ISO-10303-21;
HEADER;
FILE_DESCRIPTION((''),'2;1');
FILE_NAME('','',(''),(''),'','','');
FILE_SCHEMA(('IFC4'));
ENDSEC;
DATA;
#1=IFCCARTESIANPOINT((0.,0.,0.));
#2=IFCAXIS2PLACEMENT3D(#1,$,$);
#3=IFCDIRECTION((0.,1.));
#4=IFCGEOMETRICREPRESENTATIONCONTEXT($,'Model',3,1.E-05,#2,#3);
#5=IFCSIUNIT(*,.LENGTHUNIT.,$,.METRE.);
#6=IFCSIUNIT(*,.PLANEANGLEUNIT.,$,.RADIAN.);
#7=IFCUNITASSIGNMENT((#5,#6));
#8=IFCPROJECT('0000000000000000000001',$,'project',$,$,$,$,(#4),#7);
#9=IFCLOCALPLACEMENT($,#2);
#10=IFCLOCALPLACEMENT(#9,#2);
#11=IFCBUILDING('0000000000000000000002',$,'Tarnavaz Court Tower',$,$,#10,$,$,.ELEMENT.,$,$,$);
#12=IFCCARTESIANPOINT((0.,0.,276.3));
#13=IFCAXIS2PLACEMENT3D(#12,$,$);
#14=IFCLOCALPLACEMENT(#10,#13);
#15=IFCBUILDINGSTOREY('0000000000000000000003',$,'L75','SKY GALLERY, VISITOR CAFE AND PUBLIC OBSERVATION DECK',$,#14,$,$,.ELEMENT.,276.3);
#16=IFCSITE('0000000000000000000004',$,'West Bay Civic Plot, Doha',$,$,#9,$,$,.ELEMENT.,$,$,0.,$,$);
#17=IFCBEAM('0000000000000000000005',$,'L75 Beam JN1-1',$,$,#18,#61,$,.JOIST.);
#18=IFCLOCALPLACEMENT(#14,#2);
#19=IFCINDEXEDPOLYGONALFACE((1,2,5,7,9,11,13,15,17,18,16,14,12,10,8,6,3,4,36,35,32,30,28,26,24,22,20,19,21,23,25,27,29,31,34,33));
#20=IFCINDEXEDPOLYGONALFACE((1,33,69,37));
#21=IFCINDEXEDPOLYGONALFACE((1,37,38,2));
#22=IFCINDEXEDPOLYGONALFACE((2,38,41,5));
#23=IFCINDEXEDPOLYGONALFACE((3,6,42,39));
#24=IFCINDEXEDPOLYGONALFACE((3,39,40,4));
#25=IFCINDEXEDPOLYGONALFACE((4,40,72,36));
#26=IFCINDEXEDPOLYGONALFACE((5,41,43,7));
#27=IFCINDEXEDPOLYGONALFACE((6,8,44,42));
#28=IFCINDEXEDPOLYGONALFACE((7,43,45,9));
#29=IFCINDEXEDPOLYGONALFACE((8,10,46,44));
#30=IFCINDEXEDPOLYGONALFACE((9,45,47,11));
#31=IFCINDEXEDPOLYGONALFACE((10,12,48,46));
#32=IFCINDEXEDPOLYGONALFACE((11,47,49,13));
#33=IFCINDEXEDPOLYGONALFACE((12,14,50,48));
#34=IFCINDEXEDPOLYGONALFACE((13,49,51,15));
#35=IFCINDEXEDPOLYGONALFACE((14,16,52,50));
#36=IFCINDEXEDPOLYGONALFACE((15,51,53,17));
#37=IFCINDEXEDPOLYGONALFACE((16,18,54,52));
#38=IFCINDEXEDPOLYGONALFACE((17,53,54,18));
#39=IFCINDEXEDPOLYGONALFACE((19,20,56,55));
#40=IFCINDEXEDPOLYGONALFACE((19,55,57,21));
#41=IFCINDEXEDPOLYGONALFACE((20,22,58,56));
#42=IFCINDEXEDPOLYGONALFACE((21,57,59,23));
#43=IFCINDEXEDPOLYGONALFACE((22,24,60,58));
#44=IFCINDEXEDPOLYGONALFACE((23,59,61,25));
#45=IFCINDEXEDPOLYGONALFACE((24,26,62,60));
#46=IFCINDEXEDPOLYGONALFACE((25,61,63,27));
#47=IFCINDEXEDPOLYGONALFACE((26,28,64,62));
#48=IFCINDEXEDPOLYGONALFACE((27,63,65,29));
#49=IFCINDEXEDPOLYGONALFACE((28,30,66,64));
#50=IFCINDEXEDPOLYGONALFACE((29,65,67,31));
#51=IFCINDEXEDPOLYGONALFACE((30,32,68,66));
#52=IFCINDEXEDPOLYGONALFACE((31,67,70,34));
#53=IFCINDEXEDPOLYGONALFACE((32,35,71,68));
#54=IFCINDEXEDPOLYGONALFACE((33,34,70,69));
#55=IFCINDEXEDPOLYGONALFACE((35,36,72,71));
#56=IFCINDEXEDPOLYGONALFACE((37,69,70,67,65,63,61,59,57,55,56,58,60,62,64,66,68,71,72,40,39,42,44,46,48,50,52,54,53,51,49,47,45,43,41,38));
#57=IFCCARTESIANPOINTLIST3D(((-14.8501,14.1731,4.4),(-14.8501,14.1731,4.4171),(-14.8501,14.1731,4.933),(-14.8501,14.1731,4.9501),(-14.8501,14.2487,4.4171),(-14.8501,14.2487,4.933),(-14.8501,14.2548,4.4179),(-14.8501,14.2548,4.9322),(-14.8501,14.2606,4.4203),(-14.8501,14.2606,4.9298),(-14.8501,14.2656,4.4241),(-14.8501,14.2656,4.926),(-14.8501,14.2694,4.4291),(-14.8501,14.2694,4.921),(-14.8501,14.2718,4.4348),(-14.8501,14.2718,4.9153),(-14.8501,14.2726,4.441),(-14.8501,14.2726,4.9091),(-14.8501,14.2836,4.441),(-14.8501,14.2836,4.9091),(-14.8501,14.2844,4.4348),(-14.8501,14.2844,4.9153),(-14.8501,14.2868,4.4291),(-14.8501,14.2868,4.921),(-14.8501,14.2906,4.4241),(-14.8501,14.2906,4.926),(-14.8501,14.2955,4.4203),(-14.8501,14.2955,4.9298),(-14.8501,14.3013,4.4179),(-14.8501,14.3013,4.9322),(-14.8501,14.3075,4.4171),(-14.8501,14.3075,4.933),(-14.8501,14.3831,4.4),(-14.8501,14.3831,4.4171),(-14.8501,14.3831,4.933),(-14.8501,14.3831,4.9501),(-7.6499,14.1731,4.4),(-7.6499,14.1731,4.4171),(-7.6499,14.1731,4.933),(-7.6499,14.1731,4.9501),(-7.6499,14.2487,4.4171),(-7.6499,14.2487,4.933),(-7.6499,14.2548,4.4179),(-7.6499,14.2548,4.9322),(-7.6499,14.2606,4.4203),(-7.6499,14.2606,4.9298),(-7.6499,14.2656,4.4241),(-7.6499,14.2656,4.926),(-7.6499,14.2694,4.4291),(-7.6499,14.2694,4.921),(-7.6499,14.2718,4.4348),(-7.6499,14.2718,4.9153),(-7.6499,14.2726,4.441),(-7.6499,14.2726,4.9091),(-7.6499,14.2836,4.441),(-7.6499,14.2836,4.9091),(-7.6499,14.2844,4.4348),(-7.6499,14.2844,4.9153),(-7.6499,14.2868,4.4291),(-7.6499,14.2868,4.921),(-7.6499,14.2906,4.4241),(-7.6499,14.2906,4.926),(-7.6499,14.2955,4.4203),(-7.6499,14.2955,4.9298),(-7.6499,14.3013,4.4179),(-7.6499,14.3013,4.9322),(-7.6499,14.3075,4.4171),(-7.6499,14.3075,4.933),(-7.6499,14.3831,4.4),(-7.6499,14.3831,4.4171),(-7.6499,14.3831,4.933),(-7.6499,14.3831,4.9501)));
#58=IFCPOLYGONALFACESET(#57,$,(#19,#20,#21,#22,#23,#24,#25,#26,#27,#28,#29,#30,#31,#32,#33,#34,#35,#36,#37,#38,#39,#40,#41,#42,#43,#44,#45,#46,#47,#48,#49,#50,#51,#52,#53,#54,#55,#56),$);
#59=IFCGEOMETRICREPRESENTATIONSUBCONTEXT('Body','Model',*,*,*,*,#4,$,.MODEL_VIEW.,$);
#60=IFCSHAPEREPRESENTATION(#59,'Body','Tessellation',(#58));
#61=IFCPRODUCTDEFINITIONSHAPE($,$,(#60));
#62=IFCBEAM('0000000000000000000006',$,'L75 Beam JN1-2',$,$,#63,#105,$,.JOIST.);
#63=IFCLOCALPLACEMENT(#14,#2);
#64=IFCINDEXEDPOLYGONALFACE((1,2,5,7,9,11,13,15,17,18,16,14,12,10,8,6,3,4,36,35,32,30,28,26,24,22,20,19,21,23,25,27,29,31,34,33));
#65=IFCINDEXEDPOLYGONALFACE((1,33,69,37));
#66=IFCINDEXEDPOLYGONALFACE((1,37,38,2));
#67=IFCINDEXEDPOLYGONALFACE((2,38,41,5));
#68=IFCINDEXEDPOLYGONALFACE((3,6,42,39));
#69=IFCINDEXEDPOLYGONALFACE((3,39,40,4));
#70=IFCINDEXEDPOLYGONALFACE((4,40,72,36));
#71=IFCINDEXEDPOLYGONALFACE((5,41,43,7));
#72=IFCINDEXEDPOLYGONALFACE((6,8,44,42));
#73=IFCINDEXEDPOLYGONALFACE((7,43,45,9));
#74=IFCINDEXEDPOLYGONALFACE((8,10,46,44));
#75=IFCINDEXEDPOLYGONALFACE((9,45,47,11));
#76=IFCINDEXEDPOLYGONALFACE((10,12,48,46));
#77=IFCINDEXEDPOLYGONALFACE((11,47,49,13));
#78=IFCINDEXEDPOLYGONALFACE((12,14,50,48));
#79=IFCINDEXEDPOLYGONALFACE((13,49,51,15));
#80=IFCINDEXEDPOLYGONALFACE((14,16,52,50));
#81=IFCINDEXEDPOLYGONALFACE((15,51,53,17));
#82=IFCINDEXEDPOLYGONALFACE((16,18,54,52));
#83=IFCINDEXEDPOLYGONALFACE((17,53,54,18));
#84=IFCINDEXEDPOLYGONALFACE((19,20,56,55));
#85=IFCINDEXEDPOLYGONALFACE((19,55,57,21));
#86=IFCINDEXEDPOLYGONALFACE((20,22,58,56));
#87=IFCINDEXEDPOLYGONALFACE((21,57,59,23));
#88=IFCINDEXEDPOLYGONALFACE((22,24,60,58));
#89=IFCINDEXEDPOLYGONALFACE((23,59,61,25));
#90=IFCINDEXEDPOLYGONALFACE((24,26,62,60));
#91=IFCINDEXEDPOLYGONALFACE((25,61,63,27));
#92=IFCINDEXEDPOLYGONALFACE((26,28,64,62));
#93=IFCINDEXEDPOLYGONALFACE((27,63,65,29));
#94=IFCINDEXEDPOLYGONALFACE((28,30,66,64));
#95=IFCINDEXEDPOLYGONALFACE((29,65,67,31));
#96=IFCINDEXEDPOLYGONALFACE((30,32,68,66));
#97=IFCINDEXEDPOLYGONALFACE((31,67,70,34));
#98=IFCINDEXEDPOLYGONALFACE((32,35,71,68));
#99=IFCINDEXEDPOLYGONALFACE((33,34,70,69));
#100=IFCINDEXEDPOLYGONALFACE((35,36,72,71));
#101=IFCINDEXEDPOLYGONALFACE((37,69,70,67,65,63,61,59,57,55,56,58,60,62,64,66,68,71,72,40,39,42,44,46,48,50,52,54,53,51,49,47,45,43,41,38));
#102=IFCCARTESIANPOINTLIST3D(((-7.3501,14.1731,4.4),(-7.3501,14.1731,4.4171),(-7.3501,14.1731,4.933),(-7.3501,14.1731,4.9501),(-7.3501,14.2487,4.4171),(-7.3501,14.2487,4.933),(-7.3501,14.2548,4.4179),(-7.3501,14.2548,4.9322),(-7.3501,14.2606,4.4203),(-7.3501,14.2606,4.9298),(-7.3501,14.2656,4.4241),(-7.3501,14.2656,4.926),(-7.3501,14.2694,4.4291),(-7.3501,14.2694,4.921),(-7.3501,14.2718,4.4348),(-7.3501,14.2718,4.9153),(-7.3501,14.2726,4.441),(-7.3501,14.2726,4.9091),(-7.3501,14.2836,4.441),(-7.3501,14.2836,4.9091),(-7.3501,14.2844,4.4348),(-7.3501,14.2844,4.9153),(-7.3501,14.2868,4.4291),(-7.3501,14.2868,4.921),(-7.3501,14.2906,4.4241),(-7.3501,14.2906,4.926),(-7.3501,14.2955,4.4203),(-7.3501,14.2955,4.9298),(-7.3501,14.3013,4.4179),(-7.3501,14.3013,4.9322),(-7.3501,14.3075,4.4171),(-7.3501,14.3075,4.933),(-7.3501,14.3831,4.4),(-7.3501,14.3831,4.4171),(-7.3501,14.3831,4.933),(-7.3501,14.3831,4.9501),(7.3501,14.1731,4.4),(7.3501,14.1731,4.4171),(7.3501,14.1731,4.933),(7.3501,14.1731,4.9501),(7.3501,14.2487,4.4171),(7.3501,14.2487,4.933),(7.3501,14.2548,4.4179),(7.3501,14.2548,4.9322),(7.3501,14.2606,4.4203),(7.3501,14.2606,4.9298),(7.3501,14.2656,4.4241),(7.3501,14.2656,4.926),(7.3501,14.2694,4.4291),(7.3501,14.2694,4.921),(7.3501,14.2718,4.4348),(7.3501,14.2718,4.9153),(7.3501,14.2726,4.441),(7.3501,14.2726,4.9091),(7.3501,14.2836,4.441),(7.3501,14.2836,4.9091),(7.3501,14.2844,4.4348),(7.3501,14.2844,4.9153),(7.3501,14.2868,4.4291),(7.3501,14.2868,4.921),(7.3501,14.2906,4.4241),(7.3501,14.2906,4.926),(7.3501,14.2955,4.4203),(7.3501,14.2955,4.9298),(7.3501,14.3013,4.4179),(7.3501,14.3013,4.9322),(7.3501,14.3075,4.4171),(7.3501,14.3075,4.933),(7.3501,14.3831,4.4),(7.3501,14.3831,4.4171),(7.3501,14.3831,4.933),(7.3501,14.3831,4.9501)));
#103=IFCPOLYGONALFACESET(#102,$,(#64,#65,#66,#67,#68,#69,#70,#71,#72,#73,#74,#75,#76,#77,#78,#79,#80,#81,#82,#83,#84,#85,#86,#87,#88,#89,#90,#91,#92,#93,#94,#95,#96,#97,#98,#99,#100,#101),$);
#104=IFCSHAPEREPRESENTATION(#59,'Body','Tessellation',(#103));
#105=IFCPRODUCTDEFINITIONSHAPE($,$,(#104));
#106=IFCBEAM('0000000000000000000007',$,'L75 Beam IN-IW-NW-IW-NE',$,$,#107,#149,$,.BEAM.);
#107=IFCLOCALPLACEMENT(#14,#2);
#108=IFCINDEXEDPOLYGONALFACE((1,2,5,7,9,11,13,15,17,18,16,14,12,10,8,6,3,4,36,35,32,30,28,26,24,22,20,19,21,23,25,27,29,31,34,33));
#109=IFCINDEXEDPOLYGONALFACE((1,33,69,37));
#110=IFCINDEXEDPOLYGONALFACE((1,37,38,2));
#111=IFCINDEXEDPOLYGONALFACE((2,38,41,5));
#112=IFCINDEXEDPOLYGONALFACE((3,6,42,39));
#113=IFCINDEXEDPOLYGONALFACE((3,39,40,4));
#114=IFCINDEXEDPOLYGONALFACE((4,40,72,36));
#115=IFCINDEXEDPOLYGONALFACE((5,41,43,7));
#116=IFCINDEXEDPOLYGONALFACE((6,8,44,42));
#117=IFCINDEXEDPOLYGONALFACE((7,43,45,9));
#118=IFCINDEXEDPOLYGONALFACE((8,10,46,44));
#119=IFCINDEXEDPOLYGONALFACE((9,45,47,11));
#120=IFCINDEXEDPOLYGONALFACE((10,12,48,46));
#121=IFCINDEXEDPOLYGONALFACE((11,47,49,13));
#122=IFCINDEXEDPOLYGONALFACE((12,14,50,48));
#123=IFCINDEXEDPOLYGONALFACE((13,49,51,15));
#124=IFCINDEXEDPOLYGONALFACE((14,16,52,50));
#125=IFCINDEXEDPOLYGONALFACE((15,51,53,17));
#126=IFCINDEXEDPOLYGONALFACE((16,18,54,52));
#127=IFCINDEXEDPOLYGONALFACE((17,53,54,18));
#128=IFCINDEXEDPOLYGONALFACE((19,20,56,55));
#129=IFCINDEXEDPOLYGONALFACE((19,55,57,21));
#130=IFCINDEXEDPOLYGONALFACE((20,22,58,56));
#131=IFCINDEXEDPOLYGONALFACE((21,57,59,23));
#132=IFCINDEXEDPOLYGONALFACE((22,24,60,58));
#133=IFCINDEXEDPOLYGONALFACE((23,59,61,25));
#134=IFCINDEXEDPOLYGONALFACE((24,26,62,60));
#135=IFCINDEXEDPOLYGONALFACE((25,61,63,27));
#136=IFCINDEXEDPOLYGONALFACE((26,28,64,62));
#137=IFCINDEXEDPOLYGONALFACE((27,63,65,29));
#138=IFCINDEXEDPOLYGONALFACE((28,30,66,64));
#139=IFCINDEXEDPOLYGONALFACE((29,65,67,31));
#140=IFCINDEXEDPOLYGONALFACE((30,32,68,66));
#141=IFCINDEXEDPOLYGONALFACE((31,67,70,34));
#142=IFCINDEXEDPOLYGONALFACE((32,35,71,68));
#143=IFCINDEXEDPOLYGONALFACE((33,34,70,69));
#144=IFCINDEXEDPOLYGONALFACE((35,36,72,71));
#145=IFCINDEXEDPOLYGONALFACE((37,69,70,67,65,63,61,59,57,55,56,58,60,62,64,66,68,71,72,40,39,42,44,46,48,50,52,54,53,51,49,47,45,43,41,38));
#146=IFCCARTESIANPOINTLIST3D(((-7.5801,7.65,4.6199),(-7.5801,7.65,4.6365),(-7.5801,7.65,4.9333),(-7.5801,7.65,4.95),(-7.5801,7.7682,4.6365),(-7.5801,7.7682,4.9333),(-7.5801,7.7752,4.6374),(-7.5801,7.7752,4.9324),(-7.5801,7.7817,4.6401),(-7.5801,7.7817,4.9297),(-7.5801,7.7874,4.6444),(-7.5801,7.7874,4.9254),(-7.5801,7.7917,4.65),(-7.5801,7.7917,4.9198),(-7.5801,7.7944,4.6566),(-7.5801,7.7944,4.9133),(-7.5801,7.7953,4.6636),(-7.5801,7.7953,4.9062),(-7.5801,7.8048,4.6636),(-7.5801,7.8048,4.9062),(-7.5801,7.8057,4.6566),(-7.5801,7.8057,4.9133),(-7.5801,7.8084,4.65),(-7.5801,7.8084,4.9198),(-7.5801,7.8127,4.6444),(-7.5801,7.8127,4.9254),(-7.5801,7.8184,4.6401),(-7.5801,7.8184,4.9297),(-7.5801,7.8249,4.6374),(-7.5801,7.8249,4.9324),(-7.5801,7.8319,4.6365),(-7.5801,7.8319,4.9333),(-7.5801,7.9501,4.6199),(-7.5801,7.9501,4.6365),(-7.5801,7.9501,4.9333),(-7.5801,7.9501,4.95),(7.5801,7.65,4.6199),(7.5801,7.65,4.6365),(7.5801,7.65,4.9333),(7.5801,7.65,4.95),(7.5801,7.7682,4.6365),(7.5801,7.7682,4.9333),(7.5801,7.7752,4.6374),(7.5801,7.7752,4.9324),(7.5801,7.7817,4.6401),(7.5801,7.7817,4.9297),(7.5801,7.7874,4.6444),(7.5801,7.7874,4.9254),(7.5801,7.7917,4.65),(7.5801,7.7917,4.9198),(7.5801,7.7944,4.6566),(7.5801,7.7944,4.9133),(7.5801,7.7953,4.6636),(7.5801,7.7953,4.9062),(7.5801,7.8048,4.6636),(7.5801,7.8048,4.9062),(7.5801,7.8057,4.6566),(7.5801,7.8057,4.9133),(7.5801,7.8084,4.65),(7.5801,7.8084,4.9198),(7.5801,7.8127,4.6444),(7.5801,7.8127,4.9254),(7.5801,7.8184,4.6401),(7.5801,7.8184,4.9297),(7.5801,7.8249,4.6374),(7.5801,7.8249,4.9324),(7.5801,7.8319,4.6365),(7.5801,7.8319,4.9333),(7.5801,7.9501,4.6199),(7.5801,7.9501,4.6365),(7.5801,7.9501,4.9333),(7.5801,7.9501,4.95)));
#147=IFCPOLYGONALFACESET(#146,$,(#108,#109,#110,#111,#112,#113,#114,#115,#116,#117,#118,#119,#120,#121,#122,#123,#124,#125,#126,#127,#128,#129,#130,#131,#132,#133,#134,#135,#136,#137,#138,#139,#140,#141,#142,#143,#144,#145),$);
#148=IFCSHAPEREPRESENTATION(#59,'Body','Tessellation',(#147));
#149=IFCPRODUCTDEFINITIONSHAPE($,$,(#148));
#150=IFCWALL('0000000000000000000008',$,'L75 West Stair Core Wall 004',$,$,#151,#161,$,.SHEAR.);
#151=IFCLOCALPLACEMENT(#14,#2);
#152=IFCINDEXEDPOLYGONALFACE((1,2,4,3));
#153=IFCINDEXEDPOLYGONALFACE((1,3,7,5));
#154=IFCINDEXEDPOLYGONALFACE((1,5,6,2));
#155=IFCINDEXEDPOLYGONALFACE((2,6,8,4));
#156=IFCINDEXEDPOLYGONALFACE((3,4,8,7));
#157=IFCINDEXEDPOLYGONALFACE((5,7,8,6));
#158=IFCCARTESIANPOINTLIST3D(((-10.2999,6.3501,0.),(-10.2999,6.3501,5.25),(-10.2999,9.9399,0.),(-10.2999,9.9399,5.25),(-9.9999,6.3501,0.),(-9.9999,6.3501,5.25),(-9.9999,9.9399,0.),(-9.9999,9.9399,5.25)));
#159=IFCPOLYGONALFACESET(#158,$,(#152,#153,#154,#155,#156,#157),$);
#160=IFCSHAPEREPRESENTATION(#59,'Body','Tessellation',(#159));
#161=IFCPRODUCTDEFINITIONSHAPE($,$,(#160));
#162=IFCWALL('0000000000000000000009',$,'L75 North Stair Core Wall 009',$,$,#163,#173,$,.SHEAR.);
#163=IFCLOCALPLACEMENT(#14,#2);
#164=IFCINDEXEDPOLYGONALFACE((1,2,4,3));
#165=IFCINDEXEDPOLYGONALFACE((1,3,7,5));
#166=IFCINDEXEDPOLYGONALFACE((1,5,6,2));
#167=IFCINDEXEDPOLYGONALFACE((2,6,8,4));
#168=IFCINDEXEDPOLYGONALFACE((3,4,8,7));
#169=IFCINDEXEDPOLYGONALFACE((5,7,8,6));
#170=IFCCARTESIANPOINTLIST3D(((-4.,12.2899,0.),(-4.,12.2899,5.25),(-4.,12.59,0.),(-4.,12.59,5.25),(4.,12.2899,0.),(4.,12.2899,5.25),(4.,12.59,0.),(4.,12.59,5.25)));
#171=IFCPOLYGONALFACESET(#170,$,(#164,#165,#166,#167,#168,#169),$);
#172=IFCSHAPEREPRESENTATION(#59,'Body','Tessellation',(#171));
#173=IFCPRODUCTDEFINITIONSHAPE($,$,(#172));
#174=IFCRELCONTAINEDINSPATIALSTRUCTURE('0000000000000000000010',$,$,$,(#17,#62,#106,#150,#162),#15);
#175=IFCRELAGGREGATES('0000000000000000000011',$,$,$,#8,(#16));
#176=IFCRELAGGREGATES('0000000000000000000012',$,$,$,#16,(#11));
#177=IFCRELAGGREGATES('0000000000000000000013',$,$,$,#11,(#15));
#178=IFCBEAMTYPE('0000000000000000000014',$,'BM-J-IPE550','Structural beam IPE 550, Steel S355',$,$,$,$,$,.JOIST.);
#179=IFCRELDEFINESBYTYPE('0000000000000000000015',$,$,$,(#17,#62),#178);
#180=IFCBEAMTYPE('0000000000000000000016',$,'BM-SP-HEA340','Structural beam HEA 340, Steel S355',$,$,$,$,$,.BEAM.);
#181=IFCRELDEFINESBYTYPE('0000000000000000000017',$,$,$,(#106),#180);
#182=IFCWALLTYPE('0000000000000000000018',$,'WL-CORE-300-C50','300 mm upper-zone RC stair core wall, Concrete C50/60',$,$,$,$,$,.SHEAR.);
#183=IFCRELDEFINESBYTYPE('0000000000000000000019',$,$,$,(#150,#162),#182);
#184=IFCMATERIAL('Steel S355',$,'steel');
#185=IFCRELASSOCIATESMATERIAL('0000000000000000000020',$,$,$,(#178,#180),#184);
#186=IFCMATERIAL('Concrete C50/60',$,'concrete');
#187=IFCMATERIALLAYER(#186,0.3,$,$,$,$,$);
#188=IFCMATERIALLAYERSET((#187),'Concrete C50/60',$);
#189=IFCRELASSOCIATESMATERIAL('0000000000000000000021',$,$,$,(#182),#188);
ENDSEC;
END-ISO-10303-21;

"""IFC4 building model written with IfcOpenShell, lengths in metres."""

from ifc_helpers import new_model, si_unit, direction, frame, frame_2d, origin, origin_2d, place, context, subcontext, project, spatial, rectangle, i_section, extrude, material, layer, layer_set, material_profile, profile_set, type_object, element, save


model = new_model("IFC4")

# Units and contexts
model_context = context("Model", 3, precision=1e-05, world=origin(), true_north=direction((0.0, 1.0)))
body_context = subcontext(model_context, "Body", "Model", "MODEL_VIEW")
ifc_project = project(units=[si_unit("LENGTHUNIT", "METRE"), si_unit("PLANEANGLEUNIT", "RADIAN")], contexts=[model_context])

# Site, building, storey
site_placement = place(None, origin())
site = spatial("IfcSite", under=ifc_project, at=site_placement, Name="West Bay Civic Plot, Doha", CompositionType="ELEMENT", RefElevation=0.0)
building_placement = place(site_placement, origin())
building = spatial("IfcBuilding", under=site, at=building_placement, Name="Tarnavaz Court Tower", CompositionType="ELEMENT")
storey_placement = place(building_placement, frame((0.0, 0.0, 276.3)))
storey = spatial("IfcBuildingStorey", under=building, at=storey_placement, Name="L75", Description="SKY GALLERY, VISITOR CAFE AND PUBLIC OBSERVATION DECK", CompositionType="ELEMENT", Elevation=276.3)

# Shared definitions
ifc_material_1 = material(Name="Concrete C50/60", Category="concrete")

# Beams
ifc_material_2 = material(Name="Steel S355", Category="steel")
ifc_material_profile_1 = material_profile(ifc_material_2, i_section(OverallWidth=0.21, OverallDepth=0.55, WebThickness=0.011, FlangeThickness=0.0171, FilletRadius=0.0239, at=origin_2d()), Name="IPE 550")
ifc_profile_set_1 = profile_set([ifc_material_profile_1], Name="Steel S355")
beam_type_1 = type_object("IfcBeamType", Name="BM-J-IPE550", Description="Structural beam IPE 550, Steel S355", PredefinedType="JOIST", material=ifc_profile_set_1)
beam_1_placement = place(storey_placement, frame((-14.8501, 14.2781, 4.675), z_axis=(1.0, 0.0, 0.0), x_axis=(0.0, 1.0, 0.0)))
element("IfcBeam", 1, at=beam_1_placement, inside=storey, type_object=beam_type_1, Name="L75 Beam JN1-1", PredefinedType="JOIST", context=body_context, shape_type="SweptSolid", body=[
    extrude(i_section(OverallWidth=0.21, OverallDepth=0.55, WebThickness=0.011, FlangeThickness=0.0171, FilletRadius=0.0239, at=origin_2d()), origin(), (0.0, 0.0, 1.0), 7.2002),
])
beam_2_placement = place(storey_placement, frame((-7.3501, 14.2781, 4.675), z_axis=(1.0, 0.0, 0.0), x_axis=(0.0, 1.0, 0.0)))
element("IfcBeam", 2, at=beam_2_placement, inside=storey, type_object=beam_type_1, Name="L75 Beam JN1-2", PredefinedType="JOIST", context=body_context, shape_type="SweptSolid", body=[
    extrude(i_section(OverallWidth=0.21, OverallDepth=0.55, WebThickness=0.011, FlangeThickness=0.0171, FilletRadius=0.0239, at=origin_2d()), origin(), (0.0, 0.0, 1.0), 14.7002),
])
ifc_material_profile_2 = material_profile(ifc_material_2, i_section(OverallWidth=0.3, OverallDepth=0.3301, WebThickness=0.0095, FlangeThickness=0.0166, FilletRadius=0.0271, at=origin_2d()), Name="HEA 340")
ifc_profile_set_2 = profile_set([ifc_material_profile_2], Name="Steel S355")
beam_type_2 = type_object("IfcBeamType", Name="BM-SP-HEA340", Description="Structural beam HEA 340, Steel S355", PredefinedType="BEAM", material=ifc_profile_set_2)
beam_3_placement = place(storey_placement, frame((-7.5801, 7.8, 4.7849), z_axis=(1.0, 0.0, 0.0), x_axis=(0.0, 1.0, 0.0)))
element("IfcBeam", 3, at=beam_3_placement, inside=storey, type_object=beam_type_2, Name="L75 Beam IN-IW-NW-IW-NE", PredefinedType="BEAM", context=body_context, shape_type="SweptSolid", body=[
    extrude(i_section(OverallWidth=0.3, OverallDepth=0.3301, WebThickness=0.0095, FlangeThickness=0.0166, FilletRadius=0.0271, at=origin_2d()), origin(), (0.0, 0.0, 1.0), 15.1602),
])

# Walls
ifc_layer_1 = layer(ifc_material_1, 0.3)
ifc_layer_set_1 = layer_set([ifc_layer_1], Name="Concrete C50/60")
wall_type_1 = type_object("IfcWallType", Name="WL-CORE-300-C50", Description="300 mm upper-zone RC stair core wall, Concrete C50/60", PredefinedType="SHEAR", material=ifc_layer_set_1)
wall_1_placement = place(storey_placement, frame((-10.1499, 6.3501, 0.0), z_axis=(0.0, 0.0, 1.0), x_axis=(0.0, 1.0, 0.0)))
element("IfcWall", 4, at=wall_1_placement, inside=storey, type_object=wall_type_1, Name="L75 West Stair Core Wall 004", PredefinedType="SHEAR", context=body_context, shape_type="SweptSolid", body=[
    extrude(rectangle(XDim=3.5898, YDim=0.3, at=frame_2d((1.7949, 0.0))), origin(), (0.0, 0.0, 1.0), 5.25),
])
wall_2_placement = place(storey_placement, frame((-4.0, 12.4399, 0.0), z_axis=(0.0, 0.0, 1.0), x_axis=(1.0, 0.0, 0.0)))
element("IfcWall", 5, at=wall_2_placement, inside=storey, type_object=wall_type_1, Name="L75 North Stair Core Wall 009", PredefinedType="SHEAR", context=body_context, shape_type="SweptSolid", body=[
    extrude(rectangle(XDim=8.0, YDim=0.3, at=frame_2d((4.0, 0.0))), origin(), (0.0, 0.0, 1.0), 5.25),
])

save(model, "model.ifc")
